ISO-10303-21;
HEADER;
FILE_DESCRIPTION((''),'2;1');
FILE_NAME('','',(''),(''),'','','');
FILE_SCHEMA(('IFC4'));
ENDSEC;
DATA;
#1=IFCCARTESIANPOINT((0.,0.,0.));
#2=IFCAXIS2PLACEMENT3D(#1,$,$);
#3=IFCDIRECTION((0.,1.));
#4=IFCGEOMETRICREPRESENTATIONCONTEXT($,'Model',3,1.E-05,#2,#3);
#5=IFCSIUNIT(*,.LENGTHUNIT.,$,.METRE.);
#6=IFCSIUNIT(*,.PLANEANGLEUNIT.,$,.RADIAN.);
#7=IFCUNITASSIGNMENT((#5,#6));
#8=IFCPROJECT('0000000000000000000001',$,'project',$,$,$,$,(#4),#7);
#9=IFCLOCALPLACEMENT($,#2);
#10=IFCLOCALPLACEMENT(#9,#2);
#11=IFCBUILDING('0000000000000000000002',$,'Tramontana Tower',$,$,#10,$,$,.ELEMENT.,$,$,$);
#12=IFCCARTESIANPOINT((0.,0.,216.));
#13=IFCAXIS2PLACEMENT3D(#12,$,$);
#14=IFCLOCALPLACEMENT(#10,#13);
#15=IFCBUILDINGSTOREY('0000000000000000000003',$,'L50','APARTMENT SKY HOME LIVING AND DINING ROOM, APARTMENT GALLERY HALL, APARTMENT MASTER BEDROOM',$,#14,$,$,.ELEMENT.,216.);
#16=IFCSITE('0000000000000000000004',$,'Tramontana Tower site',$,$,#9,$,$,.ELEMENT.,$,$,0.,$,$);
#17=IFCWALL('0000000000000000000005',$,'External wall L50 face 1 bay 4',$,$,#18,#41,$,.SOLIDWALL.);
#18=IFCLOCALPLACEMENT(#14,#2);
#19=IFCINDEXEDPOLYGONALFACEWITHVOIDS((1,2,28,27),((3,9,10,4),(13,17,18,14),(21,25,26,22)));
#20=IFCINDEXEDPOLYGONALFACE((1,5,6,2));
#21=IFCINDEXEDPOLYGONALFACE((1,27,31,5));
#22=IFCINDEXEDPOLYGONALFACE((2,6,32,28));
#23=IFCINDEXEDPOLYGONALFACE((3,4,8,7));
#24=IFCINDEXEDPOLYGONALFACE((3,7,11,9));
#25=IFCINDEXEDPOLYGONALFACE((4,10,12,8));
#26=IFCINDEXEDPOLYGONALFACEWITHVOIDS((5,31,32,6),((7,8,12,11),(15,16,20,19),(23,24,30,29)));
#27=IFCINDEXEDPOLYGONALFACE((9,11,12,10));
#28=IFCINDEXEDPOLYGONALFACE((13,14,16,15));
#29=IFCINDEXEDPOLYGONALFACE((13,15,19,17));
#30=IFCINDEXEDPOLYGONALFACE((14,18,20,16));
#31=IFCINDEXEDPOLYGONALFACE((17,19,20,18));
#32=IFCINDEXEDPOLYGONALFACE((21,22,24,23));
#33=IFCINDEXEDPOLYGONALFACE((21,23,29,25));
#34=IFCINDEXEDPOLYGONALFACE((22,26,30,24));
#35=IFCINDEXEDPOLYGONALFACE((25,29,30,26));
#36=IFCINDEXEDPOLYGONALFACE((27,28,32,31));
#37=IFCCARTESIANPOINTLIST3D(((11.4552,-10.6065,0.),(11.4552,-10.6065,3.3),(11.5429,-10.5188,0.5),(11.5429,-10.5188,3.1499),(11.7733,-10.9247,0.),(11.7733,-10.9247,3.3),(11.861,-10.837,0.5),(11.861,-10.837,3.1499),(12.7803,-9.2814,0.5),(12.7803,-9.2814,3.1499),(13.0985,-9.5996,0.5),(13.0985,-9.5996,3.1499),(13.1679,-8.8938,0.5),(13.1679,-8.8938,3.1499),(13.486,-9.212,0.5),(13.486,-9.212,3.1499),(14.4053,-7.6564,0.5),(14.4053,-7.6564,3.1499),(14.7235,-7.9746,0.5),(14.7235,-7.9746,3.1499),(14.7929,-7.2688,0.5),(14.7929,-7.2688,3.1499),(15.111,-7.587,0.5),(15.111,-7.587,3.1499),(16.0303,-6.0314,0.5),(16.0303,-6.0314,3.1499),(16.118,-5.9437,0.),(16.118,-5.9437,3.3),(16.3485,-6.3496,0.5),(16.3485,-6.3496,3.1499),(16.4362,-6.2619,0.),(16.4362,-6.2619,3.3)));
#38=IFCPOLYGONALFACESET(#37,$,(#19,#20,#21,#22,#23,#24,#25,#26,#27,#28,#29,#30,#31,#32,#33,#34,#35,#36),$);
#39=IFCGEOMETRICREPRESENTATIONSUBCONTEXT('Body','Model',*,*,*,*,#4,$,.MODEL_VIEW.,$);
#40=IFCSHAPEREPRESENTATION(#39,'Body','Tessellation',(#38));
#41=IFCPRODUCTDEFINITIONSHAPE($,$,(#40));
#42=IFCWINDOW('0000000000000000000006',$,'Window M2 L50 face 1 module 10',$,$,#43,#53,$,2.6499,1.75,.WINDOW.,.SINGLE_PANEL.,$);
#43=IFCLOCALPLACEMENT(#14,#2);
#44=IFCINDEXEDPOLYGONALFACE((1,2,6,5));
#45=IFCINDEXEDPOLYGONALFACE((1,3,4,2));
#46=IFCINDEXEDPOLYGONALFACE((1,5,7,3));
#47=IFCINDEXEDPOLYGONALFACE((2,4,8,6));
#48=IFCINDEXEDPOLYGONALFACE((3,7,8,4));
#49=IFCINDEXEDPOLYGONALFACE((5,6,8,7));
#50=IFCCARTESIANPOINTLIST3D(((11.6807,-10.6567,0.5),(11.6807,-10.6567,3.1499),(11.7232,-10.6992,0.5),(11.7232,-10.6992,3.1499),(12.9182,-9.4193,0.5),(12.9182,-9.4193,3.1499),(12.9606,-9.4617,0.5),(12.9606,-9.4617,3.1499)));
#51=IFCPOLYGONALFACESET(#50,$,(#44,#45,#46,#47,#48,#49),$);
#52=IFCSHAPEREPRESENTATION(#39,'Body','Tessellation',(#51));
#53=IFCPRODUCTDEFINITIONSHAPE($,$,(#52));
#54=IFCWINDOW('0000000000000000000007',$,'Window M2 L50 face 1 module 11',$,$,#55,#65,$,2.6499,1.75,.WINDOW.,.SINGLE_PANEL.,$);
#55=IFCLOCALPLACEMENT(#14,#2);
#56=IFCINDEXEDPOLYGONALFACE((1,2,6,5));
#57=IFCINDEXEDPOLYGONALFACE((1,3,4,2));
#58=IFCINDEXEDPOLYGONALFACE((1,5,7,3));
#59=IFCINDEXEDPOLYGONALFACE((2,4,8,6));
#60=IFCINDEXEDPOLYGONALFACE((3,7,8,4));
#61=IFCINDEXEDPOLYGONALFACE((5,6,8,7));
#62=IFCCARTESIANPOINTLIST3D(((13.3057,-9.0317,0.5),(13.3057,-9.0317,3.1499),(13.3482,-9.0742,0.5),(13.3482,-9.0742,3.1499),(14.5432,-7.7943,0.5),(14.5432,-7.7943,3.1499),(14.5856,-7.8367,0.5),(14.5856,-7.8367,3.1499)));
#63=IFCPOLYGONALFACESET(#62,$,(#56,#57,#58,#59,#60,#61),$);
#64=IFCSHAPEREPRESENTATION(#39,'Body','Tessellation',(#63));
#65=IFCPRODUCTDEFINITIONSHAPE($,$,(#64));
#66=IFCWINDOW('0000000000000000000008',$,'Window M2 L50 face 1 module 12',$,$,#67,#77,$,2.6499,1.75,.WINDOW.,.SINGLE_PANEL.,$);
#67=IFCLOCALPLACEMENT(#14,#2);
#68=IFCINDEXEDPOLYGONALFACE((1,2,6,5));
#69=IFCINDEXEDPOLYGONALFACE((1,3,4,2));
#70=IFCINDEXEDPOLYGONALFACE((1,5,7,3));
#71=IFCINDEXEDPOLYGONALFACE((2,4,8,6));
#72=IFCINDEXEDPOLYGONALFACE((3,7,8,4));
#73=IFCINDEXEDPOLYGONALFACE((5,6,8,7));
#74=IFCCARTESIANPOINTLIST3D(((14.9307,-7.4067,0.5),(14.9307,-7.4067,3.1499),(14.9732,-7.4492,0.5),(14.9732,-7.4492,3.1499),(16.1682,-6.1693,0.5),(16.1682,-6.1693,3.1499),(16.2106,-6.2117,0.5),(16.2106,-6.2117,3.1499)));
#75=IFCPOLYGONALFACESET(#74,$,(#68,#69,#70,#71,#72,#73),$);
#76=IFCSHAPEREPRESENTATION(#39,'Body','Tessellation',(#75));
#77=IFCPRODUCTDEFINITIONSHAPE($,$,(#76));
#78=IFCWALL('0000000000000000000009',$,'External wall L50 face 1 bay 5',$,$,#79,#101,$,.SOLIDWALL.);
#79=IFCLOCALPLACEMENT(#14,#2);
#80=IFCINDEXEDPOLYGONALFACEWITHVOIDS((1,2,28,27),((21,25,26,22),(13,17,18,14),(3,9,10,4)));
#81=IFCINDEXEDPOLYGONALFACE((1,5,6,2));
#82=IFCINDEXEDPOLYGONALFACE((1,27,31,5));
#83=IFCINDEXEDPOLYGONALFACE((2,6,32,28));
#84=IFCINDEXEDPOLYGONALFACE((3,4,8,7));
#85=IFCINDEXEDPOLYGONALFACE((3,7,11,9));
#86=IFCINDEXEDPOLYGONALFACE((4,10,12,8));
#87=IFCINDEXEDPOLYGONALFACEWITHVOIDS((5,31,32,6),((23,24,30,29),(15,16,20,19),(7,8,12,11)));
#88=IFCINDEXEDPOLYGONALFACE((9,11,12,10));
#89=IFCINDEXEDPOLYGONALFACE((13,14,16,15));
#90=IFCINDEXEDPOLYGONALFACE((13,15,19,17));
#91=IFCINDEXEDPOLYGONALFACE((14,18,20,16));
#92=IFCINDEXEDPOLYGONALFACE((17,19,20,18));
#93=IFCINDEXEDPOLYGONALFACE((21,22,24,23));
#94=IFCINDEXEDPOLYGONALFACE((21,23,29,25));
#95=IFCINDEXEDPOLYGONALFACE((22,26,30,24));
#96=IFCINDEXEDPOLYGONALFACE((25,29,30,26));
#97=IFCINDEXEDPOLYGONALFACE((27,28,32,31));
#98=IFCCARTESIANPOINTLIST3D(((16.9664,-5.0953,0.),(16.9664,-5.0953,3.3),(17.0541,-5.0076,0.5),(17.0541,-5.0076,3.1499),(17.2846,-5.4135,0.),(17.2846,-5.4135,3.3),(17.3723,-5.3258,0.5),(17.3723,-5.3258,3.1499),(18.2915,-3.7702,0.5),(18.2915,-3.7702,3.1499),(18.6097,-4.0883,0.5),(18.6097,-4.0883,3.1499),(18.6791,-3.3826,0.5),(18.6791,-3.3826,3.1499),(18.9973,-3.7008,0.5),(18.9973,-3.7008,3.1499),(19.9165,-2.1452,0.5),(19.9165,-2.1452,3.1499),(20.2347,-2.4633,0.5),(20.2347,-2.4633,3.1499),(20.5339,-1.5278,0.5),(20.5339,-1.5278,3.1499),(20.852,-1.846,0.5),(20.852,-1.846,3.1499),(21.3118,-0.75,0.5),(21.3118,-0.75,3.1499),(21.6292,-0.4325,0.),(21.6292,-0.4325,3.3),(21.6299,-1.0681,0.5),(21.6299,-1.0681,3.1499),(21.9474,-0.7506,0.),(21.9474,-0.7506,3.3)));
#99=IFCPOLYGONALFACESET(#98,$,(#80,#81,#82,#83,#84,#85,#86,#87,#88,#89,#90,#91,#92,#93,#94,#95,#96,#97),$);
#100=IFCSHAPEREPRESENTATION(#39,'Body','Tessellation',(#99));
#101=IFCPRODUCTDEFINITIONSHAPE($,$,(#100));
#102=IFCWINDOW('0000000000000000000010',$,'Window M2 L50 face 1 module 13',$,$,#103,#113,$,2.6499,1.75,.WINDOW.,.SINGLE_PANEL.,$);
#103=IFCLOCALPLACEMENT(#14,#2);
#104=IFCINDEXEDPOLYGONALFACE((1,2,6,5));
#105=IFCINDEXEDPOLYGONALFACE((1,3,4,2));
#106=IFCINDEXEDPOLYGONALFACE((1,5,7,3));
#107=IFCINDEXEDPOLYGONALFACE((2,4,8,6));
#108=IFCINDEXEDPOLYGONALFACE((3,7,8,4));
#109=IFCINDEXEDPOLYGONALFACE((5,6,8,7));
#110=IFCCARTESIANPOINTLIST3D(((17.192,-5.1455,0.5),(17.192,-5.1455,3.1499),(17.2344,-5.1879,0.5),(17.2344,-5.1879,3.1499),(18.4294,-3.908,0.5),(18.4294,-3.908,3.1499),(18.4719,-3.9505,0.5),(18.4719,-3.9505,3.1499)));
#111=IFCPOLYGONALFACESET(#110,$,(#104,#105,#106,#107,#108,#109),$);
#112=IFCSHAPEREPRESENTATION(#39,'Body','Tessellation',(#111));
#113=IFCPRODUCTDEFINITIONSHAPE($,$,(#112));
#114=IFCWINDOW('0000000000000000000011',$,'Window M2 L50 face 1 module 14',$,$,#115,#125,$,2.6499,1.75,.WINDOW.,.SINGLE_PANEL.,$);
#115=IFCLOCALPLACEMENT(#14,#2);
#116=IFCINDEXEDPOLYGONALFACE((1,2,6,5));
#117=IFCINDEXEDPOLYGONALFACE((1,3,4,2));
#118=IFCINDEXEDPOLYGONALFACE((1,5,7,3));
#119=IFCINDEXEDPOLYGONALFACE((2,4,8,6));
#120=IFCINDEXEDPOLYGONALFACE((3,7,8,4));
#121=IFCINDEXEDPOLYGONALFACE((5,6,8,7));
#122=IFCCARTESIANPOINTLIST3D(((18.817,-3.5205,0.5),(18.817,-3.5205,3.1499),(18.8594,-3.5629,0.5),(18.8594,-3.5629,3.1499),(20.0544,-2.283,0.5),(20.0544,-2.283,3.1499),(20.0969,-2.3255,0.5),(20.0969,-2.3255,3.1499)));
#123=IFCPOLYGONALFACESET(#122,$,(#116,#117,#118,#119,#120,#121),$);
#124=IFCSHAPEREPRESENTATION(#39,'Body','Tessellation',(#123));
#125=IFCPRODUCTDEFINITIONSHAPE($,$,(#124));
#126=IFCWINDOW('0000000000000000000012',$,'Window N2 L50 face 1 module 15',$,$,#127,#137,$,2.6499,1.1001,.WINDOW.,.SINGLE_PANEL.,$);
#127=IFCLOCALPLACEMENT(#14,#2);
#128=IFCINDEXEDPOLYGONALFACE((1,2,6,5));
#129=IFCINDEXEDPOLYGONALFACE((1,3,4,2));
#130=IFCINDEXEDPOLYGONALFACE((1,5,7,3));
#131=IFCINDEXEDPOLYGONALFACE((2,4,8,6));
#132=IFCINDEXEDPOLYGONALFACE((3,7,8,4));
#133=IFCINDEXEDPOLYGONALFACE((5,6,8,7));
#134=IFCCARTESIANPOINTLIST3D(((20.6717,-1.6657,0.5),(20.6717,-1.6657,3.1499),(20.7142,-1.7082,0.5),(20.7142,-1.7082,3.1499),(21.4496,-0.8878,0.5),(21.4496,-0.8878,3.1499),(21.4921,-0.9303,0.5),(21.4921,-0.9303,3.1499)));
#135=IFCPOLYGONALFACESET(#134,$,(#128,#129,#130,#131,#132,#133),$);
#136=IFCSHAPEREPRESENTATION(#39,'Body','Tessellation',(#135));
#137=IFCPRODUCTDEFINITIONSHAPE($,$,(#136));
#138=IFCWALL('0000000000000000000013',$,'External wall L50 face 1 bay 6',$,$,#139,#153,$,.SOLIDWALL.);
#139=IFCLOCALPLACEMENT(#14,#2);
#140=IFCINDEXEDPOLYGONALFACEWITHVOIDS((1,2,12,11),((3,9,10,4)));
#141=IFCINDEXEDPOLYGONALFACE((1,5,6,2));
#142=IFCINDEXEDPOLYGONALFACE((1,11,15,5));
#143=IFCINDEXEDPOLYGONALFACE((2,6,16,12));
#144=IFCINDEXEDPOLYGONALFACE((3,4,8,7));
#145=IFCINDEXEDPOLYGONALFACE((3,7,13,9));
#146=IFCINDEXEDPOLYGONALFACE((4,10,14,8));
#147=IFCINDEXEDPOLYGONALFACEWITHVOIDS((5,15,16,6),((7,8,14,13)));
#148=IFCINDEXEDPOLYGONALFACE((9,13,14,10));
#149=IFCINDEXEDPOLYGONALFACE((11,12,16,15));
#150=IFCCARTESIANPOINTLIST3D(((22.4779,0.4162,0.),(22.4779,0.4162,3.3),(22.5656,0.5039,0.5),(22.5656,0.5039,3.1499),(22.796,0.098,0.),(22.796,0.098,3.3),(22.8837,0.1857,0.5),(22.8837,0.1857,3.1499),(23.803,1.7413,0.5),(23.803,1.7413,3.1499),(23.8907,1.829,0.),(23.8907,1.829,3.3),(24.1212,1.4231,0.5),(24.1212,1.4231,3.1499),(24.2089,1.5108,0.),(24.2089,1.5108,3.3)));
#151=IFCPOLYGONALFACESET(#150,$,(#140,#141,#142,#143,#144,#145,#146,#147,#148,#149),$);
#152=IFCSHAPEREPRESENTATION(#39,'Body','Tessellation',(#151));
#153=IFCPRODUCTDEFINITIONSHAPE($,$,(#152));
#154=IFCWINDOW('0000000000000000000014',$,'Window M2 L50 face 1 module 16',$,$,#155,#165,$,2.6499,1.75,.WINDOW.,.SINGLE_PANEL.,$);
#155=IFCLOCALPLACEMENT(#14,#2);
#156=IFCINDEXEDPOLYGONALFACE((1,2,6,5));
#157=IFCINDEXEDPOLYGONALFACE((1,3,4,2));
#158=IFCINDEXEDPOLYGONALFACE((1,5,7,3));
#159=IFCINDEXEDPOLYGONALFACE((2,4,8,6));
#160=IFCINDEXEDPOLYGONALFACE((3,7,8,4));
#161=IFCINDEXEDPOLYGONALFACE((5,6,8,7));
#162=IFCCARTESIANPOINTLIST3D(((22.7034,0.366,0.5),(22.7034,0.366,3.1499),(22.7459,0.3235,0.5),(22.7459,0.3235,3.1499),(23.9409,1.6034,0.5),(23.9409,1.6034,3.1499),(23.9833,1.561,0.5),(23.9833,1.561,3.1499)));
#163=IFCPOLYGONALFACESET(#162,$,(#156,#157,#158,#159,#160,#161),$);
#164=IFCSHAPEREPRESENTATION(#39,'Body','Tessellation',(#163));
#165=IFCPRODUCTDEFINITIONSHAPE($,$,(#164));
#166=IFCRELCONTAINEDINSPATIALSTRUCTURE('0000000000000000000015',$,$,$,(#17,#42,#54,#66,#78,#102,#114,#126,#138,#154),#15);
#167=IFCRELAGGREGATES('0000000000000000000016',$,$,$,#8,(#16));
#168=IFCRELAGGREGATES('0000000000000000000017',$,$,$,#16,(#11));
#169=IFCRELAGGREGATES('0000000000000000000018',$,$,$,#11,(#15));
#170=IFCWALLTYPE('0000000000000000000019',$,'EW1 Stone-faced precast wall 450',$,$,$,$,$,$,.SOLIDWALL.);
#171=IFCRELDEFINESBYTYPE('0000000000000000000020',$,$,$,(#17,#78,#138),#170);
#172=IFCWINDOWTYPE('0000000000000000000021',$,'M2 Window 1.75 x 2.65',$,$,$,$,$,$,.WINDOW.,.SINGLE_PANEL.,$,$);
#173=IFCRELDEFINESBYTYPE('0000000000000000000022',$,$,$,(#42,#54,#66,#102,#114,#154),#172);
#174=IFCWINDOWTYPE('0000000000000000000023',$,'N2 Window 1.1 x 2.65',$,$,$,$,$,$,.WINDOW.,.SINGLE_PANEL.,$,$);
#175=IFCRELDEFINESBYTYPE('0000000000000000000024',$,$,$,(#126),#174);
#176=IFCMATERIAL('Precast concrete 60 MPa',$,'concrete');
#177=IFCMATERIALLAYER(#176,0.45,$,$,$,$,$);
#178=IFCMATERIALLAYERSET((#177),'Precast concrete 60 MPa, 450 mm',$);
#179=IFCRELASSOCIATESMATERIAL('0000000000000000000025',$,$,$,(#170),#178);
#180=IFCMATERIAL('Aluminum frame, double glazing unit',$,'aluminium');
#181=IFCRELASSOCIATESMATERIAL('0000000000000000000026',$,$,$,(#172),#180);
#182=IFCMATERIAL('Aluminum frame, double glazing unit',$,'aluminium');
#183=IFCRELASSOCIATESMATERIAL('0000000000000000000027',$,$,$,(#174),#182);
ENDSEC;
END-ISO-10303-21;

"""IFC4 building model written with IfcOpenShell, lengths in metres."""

from ifc_helpers import new_model, si_unit, direction, frame, frame_2d, origin, place, context, subcontext, project, spatial, rectangle, extrude, material, layer, layer_set, type_object, element, fill, save


model = new_model("IFC4")

# Units and contexts
model_context = context("Model", 3, precision=1e-05, world=origin(), true_north=direction((0.0, 1.0)))
body_context = subcontext(model_context, "Body", "Model", "MODEL_VIEW")
ifc_project = project(units=[si_unit("LENGTHUNIT", "METRE"), si_unit("PLANEANGLEUNIT", "RADIAN")], contexts=[model_context])

# Site, building, storey
site_placement = place(None, origin())
site = spatial("IfcSite", under=ifc_project, at=site_placement, Name="Tramontana Tower site", CompositionType="ELEMENT", RefElevation=0.0)
building_placement = place(site_placement, origin())
building = spatial("IfcBuilding", under=site, at=building_placement, Name="Tramontana Tower", CompositionType="ELEMENT")
storey_placement = place(building_placement, frame((0.0, 0.0, 216.0)))
storey = spatial("IfcBuildingStorey", under=building, at=storey_placement, Name="L50", Description="APARTMENT SKY HOME LIVING AND DINING ROOM, APARTMENT GALLERY HALL, APARTMENT MASTER BEDROOM", CompositionType="ELEMENT", Elevation=216.0)

# Walls, openings, windows
ifc_material_1 = material(Name="Precast concrete 60 MPa", Category="concrete")
ifc_layer_1 = layer(ifc_material_1, 0.45)
ifc_layer_set_1 = layer_set([ifc_layer_1], Name="Precast concrete 60 MPa, 450 mm")
wall_type_1 = type_object("IfcWallType", Name="EW1 Stone-faced precast wall 450", PredefinedType="SOLIDWALL", material=ifc_layer_set_1)
wall_1_placement = place(storey_placement, frame((11.6143, -10.7656, 0.0), z_axis=(0.0, 0.0, 1.0), x_axis=(0.707107, 0.707107, 0.0)))
wall_1 = element("IfcWall", 1, at=wall_1_placement, inside=storey, type_object=wall_type_1, Name="External wall L50 face 1 bay 4", PredefinedType="SOLIDWALL", context=body_context, shape_type="SweptSolid", body=[
    extrude(rectangle(XDim=6.5942, YDim=0.45, at=frame_2d((3.2971, 0.0))), origin(), (0.0, 0.0, 1.0), 3.3),
])
opening_1_placement = place(wall_1_placement, frame((0.124, 0.0, 0.5)))
opening_1 = element("IfcOpeningElement", 2, at=opening_1_placement, cuts=wall_1, PredefinedType="OPENING", context=body_context, shape_type="SweptSolid", body=[
    extrude(rectangle(XDim=1.75, YDim=2.6499, at=frame_2d((0.875, 1.325))), frame((0.0, 0.2349, 0.0), z_axis=(0.0, -1.0, 0.0), x_axis=(1.0, 0.0, 0.0)), (0.0, 0.0, 1.0), 0.47),
])
opening_2_placement = place(wall_1_placement, frame((2.4221, 0.0, 0.5)))
opening_2 = element("IfcOpeningElement", 3, at=opening_2_placement, cuts=wall_1, PredefinedType="OPENING", context=body_context, shape_type="SweptSolid", body=[
    extrude(rectangle(XDim=1.75, YDim=2.6499, at=frame_2d((0.875, 1.325))), frame((0.0, 0.2349, 0.0), z_axis=(0.0, -1.0, 0.0), x_axis=(1.0, 0.0, 0.0)), (0.0, 0.0, 1.0), 0.47),
])
opening_3_placement = place(wall_1_placement, frame((4.7202, 0.0, 0.5)))
opening_3 = element("IfcOpeningElement", 4, at=opening_3_placement, cuts=wall_1, PredefinedType="OPENING", context=body_context, shape_type="SweptSolid", body=[
    extrude(rectangle(XDim=1.75, YDim=2.6499, at=frame_2d((0.875, 1.325))), frame((0.0, 0.2349, 0.0), z_axis=(0.0, -1.0, 0.0), x_axis=(1.0, 0.0, 0.0)), (0.0, 0.0, 1.0), 0.47),
])
ifc_material_2 = material(Name="Aluminum frame, double glazing unit", Category="aluminium")
window_type_1 = type_object("IfcWindowType", Name="M2 Window 1.75 x 2.65", PartitioningType="SINGLE_PANEL", PredefinedType="WINDOW", material=ifc_material_2)
window_1_placement = place(opening_1_placement, origin())
window_1 = element("IfcWindow", 5, at=window_1_placement, inside=storey, type_object=window_type_1, Name="Window M2 L50 face 1 module 10", OverallHeight=2.6499, OverallWidth=1.75, PartitioningType="SINGLE_PANEL", PredefinedType="WINDOW", context=body_context, shape_type="SweptSolid", body=[
    extrude(rectangle(XDim=1.75, YDim=2.6499, at=frame_2d((0.875, 1.325))), frame((0.0, 0.03, 0.0), z_axis=(0.0, -1.0, 0.0), x_axis=(1.0, 0.0, 0.0)), (0.0, 0.0, 1.0), 0.0601),
])
fill(opening_1, window_1)
window_2_placement = place(opening_2_placement, origin())
window_2 = element("IfcWindow", 6, at=window_2_placement, inside=storey, type_object=window_type_1, Name="Window M2 L50 face 1 module 11", OverallHeight=2.6499, OverallWidth=1.75, PartitioningType="SINGLE_PANEL", PredefinedType="WINDOW", context=body_context, shape_type="SweptSolid", body=[
    extrude(rectangle(XDim=1.75, YDim=2.6499, at=frame_2d((0.875, 1.325))), frame((0.0, 0.03, 0.0), z_axis=(0.0, -1.0, 0.0), x_axis=(1.0, 0.0, 0.0)), (0.0, 0.0, 1.0), 0.0601),
])
fill(opening_2, window_2)
window_3_placement = place(opening_3_placement, origin())
window_3 = element("IfcWindow", 7, at=window_3_placement, inside=storey, type_object=window_type_1, Name="Window M2 L50 face 1 module 12", OverallHeight=2.6499, OverallWidth=1.75, PartitioningType="SINGLE_PANEL", PredefinedType="WINDOW", context=body_context, shape_type="SweptSolid", body=[
    extrude(rectangle(XDim=1.75, YDim=2.6499, at=frame_2d((0.875, 1.325))), frame((0.0, 0.03, 0.0), z_axis=(0.0, -1.0, 0.0), x_axis=(1.0, 0.0, 0.0)), (0.0, 0.0, 1.0), 0.0601),
])
fill(opening_3, window_3)
wall_2_placement = place(storey_placement, frame((17.1255, -5.2544, 0.0), z_axis=(0.0, 0.0, 1.0), x_axis=(0.707107, 0.707107, 0.0)))
wall_2 = element("IfcWall", 8, at=wall_2_placement, inside=storey, type_object=wall_type_1, Name="External wall L50 face 1 bay 5", PredefinedType="SOLIDWALL", context=body_context, shape_type="SweptSolid", body=[
    extrude(rectangle(XDim=6.5942, YDim=0.45, at=frame_2d((3.2971, 0.0))), origin(), (0.0, 0.0, 1.0), 3.3),
])
opening_4_placement = place(wall_2_placement, frame((0.124, 0.0, 0.5)))
opening_4 = element("IfcOpeningElement", 9, at=opening_4_placement, cuts=wall_2, PredefinedType="OPENING", context=body_context, shape_type="SweptSolid", body=[
    extrude(rectangle(XDim=1.75, YDim=2.6499, at=frame_2d((0.875, 1.325))), frame((0.0, 0.2349, 0.0), z_axis=(0.0, -1.0, 0.0), x_axis=(1.0, 0.0, 0.0)), (0.0, 0.0, 1.0), 0.47),
])
opening_5_placement = place(wall_2_placement, frame((2.4221, 0.0, 0.5)))
opening_5 = element("IfcOpeningElement", 10, at=opening_5_placement, cuts=wall_2, PredefinedType="OPENING", context=body_context, shape_type="SweptSolid", body=[
    extrude(rectangle(XDim=1.75, YDim=2.6499, at=frame_2d((0.875, 1.325))), frame((0.0, 0.2349, 0.0), z_axis=(0.0, -1.0, 0.0), x_axis=(1.0, 0.0, 0.0)), (0.0, 0.0, 1.0), 0.47),
])
opening_6_placement = place(wall_2_placement, frame((5.0452, 0.0, 0.5)))
opening_6 = element("IfcOpeningElement", 11, at=opening_6_placement, cuts=wall_2, PredefinedType="OPENING", context=body_context, shape_type="SweptSolid", body=[
    extrude(rectangle(XDim=1.1001, YDim=2.6499, at=frame_2d((0.55, 1.325))), frame((0.0, 0.2349, 0.0), z_axis=(0.0, -1.0, 0.0), x_axis=(1.0, 0.0, 0.0)), (0.0, 0.0, 1.0), 0.47),
])
window_4_placement = place(opening_4_placement, origin())
window_4 = element("IfcWindow", 12, at=window_4_placement, inside=storey, type_object=window_type_1, Name="Window M2 L50 face 1 module 13", OverallHeight=2.6499, OverallWidth=1.75, PartitioningType="SINGLE_PANEL", PredefinedType="WINDOW", context=body_context, shape_type="SweptSolid", body=[
    extrude(rectangle(XDim=1.75, YDim=2.6499, at=frame_2d((0.875, 1.325))), frame((0.0, 0.03, 0.0), z_axis=(0.0, -1.0, 0.0), x_axis=(1.0, 0.0, 0.0)), (0.0, 0.0, 1.0), 0.0601),
])
fill(opening_4, window_4)
window_5_placement = place(opening_5_placement, origin())
window_5 = element("IfcWindow", 13, at=window_5_placement, inside=storey, type_object=window_type_1, Name="Window M2 L50 face 1 module 14", OverallHeight=2.6499, OverallWidth=1.75, PartitioningType="SINGLE_PANEL", PredefinedType="WINDOW", context=body_context, shape_type="SweptSolid", body=[
    extrude(rectangle(XDim=1.75, YDim=2.6499, at=frame_2d((0.875, 1.325))), frame((0.0, 0.03, 0.0), z_axis=(0.0, -1.0, 0.0), x_axis=(1.0, 0.0, 0.0)), (0.0, 0.0, 1.0), 0.0601),
])
fill(opening_5, window_5)
ifc_material_3 = material(Name="Aluminum frame, double glazing unit", Category="aluminium")
window_type_2 = type_object("IfcWindowType", Name="N2 Window 1.1 x 2.65", PartitioningType="SINGLE_PANEL", PredefinedType="WINDOW", material=ifc_material_3)
window_6_placement = place(opening_6_placement, origin())
window_6 = element("IfcWindow", 14, at=window_6_placement, inside=storey, type_object=window_type_2, Name="Window N2 L50 face 1 module 15", OverallHeight=2.6499, OverallWidth=1.1001, PartitioningType="SINGLE_PANEL", PredefinedType="WINDOW", context=body_context, shape_type="SweptSolid", body=[
    extrude(rectangle(XDim=1.1001, YDim=2.6499, at=frame_2d((0.55, 1.325))), frame((0.0, 0.03, 0.0), z_axis=(0.0, -1.0, 0.0), x_axis=(1.0, 0.0, 0.0)), (0.0, 0.0, 1.0), 0.0601),
])
fill(opening_6, window_6)

# Wall, opening, window
wall_3_placement = place(storey_placement, frame((22.637, 0.2571, 0.0), z_axis=(0.0, 0.0, 1.0), x_axis=(0.707107, 0.707107, 0.0)))
wall_3 = element("IfcWall", 15, at=wall_3_placement, inside=storey, type_object=wall_type_1, Name="External wall L50 face 1 bay 6", PredefinedType="SOLIDWALL", context=body_context, shape_type="SweptSolid", body=[
    extrude(rectangle(XDim=1.998, YDim=0.45, at=frame_2d((0.999, 0.0))), origin(), (0.0, 0.0, 1.0), 3.3),
])
opening_7_placement = place(wall_3_placement, frame((0.124, 0.0, 0.5)))
opening_7 = element("IfcOpeningElement", 16, at=opening_7_placement, cuts=wall_3, PredefinedType="OPENING", context=body_context, shape_type="SweptSolid", body=[
    extrude(rectangle(XDim=1.75, YDim=2.6499, at=frame_2d((0.875, 1.325))), frame((0.0, 0.2349, 0.0), z_axis=(0.0, -1.0, 0.0), x_axis=(1.0, 0.0, 0.0)), (0.0, 0.0, 1.0), 0.47),
])
window_7_placement = place(opening_7_placement, origin())
window_7 = element("IfcWindow", 17, at=window_7_placement, inside=storey, type_object=window_type_1, Name="Window M2 L50 face 1 module 16", OverallHeight=2.6499, OverallWidth=1.75, PartitioningType="SINGLE_PANEL", PredefinedType="WINDOW", context=body_context, shape_type="SweptSolid", body=[
    extrude(rectangle(XDim=1.75, YDim=2.6499, at=frame_2d((0.875, 1.325))), frame((0.0, 0.03, 0.0), z_axis=(0.0, -1.0, 0.0), x_axis=(1.0, 0.0, 0.0)), (0.0, 0.0, 1.0), 0.0601),
])
fill(opening_7, window_7)

save(model, "model.ifc")
